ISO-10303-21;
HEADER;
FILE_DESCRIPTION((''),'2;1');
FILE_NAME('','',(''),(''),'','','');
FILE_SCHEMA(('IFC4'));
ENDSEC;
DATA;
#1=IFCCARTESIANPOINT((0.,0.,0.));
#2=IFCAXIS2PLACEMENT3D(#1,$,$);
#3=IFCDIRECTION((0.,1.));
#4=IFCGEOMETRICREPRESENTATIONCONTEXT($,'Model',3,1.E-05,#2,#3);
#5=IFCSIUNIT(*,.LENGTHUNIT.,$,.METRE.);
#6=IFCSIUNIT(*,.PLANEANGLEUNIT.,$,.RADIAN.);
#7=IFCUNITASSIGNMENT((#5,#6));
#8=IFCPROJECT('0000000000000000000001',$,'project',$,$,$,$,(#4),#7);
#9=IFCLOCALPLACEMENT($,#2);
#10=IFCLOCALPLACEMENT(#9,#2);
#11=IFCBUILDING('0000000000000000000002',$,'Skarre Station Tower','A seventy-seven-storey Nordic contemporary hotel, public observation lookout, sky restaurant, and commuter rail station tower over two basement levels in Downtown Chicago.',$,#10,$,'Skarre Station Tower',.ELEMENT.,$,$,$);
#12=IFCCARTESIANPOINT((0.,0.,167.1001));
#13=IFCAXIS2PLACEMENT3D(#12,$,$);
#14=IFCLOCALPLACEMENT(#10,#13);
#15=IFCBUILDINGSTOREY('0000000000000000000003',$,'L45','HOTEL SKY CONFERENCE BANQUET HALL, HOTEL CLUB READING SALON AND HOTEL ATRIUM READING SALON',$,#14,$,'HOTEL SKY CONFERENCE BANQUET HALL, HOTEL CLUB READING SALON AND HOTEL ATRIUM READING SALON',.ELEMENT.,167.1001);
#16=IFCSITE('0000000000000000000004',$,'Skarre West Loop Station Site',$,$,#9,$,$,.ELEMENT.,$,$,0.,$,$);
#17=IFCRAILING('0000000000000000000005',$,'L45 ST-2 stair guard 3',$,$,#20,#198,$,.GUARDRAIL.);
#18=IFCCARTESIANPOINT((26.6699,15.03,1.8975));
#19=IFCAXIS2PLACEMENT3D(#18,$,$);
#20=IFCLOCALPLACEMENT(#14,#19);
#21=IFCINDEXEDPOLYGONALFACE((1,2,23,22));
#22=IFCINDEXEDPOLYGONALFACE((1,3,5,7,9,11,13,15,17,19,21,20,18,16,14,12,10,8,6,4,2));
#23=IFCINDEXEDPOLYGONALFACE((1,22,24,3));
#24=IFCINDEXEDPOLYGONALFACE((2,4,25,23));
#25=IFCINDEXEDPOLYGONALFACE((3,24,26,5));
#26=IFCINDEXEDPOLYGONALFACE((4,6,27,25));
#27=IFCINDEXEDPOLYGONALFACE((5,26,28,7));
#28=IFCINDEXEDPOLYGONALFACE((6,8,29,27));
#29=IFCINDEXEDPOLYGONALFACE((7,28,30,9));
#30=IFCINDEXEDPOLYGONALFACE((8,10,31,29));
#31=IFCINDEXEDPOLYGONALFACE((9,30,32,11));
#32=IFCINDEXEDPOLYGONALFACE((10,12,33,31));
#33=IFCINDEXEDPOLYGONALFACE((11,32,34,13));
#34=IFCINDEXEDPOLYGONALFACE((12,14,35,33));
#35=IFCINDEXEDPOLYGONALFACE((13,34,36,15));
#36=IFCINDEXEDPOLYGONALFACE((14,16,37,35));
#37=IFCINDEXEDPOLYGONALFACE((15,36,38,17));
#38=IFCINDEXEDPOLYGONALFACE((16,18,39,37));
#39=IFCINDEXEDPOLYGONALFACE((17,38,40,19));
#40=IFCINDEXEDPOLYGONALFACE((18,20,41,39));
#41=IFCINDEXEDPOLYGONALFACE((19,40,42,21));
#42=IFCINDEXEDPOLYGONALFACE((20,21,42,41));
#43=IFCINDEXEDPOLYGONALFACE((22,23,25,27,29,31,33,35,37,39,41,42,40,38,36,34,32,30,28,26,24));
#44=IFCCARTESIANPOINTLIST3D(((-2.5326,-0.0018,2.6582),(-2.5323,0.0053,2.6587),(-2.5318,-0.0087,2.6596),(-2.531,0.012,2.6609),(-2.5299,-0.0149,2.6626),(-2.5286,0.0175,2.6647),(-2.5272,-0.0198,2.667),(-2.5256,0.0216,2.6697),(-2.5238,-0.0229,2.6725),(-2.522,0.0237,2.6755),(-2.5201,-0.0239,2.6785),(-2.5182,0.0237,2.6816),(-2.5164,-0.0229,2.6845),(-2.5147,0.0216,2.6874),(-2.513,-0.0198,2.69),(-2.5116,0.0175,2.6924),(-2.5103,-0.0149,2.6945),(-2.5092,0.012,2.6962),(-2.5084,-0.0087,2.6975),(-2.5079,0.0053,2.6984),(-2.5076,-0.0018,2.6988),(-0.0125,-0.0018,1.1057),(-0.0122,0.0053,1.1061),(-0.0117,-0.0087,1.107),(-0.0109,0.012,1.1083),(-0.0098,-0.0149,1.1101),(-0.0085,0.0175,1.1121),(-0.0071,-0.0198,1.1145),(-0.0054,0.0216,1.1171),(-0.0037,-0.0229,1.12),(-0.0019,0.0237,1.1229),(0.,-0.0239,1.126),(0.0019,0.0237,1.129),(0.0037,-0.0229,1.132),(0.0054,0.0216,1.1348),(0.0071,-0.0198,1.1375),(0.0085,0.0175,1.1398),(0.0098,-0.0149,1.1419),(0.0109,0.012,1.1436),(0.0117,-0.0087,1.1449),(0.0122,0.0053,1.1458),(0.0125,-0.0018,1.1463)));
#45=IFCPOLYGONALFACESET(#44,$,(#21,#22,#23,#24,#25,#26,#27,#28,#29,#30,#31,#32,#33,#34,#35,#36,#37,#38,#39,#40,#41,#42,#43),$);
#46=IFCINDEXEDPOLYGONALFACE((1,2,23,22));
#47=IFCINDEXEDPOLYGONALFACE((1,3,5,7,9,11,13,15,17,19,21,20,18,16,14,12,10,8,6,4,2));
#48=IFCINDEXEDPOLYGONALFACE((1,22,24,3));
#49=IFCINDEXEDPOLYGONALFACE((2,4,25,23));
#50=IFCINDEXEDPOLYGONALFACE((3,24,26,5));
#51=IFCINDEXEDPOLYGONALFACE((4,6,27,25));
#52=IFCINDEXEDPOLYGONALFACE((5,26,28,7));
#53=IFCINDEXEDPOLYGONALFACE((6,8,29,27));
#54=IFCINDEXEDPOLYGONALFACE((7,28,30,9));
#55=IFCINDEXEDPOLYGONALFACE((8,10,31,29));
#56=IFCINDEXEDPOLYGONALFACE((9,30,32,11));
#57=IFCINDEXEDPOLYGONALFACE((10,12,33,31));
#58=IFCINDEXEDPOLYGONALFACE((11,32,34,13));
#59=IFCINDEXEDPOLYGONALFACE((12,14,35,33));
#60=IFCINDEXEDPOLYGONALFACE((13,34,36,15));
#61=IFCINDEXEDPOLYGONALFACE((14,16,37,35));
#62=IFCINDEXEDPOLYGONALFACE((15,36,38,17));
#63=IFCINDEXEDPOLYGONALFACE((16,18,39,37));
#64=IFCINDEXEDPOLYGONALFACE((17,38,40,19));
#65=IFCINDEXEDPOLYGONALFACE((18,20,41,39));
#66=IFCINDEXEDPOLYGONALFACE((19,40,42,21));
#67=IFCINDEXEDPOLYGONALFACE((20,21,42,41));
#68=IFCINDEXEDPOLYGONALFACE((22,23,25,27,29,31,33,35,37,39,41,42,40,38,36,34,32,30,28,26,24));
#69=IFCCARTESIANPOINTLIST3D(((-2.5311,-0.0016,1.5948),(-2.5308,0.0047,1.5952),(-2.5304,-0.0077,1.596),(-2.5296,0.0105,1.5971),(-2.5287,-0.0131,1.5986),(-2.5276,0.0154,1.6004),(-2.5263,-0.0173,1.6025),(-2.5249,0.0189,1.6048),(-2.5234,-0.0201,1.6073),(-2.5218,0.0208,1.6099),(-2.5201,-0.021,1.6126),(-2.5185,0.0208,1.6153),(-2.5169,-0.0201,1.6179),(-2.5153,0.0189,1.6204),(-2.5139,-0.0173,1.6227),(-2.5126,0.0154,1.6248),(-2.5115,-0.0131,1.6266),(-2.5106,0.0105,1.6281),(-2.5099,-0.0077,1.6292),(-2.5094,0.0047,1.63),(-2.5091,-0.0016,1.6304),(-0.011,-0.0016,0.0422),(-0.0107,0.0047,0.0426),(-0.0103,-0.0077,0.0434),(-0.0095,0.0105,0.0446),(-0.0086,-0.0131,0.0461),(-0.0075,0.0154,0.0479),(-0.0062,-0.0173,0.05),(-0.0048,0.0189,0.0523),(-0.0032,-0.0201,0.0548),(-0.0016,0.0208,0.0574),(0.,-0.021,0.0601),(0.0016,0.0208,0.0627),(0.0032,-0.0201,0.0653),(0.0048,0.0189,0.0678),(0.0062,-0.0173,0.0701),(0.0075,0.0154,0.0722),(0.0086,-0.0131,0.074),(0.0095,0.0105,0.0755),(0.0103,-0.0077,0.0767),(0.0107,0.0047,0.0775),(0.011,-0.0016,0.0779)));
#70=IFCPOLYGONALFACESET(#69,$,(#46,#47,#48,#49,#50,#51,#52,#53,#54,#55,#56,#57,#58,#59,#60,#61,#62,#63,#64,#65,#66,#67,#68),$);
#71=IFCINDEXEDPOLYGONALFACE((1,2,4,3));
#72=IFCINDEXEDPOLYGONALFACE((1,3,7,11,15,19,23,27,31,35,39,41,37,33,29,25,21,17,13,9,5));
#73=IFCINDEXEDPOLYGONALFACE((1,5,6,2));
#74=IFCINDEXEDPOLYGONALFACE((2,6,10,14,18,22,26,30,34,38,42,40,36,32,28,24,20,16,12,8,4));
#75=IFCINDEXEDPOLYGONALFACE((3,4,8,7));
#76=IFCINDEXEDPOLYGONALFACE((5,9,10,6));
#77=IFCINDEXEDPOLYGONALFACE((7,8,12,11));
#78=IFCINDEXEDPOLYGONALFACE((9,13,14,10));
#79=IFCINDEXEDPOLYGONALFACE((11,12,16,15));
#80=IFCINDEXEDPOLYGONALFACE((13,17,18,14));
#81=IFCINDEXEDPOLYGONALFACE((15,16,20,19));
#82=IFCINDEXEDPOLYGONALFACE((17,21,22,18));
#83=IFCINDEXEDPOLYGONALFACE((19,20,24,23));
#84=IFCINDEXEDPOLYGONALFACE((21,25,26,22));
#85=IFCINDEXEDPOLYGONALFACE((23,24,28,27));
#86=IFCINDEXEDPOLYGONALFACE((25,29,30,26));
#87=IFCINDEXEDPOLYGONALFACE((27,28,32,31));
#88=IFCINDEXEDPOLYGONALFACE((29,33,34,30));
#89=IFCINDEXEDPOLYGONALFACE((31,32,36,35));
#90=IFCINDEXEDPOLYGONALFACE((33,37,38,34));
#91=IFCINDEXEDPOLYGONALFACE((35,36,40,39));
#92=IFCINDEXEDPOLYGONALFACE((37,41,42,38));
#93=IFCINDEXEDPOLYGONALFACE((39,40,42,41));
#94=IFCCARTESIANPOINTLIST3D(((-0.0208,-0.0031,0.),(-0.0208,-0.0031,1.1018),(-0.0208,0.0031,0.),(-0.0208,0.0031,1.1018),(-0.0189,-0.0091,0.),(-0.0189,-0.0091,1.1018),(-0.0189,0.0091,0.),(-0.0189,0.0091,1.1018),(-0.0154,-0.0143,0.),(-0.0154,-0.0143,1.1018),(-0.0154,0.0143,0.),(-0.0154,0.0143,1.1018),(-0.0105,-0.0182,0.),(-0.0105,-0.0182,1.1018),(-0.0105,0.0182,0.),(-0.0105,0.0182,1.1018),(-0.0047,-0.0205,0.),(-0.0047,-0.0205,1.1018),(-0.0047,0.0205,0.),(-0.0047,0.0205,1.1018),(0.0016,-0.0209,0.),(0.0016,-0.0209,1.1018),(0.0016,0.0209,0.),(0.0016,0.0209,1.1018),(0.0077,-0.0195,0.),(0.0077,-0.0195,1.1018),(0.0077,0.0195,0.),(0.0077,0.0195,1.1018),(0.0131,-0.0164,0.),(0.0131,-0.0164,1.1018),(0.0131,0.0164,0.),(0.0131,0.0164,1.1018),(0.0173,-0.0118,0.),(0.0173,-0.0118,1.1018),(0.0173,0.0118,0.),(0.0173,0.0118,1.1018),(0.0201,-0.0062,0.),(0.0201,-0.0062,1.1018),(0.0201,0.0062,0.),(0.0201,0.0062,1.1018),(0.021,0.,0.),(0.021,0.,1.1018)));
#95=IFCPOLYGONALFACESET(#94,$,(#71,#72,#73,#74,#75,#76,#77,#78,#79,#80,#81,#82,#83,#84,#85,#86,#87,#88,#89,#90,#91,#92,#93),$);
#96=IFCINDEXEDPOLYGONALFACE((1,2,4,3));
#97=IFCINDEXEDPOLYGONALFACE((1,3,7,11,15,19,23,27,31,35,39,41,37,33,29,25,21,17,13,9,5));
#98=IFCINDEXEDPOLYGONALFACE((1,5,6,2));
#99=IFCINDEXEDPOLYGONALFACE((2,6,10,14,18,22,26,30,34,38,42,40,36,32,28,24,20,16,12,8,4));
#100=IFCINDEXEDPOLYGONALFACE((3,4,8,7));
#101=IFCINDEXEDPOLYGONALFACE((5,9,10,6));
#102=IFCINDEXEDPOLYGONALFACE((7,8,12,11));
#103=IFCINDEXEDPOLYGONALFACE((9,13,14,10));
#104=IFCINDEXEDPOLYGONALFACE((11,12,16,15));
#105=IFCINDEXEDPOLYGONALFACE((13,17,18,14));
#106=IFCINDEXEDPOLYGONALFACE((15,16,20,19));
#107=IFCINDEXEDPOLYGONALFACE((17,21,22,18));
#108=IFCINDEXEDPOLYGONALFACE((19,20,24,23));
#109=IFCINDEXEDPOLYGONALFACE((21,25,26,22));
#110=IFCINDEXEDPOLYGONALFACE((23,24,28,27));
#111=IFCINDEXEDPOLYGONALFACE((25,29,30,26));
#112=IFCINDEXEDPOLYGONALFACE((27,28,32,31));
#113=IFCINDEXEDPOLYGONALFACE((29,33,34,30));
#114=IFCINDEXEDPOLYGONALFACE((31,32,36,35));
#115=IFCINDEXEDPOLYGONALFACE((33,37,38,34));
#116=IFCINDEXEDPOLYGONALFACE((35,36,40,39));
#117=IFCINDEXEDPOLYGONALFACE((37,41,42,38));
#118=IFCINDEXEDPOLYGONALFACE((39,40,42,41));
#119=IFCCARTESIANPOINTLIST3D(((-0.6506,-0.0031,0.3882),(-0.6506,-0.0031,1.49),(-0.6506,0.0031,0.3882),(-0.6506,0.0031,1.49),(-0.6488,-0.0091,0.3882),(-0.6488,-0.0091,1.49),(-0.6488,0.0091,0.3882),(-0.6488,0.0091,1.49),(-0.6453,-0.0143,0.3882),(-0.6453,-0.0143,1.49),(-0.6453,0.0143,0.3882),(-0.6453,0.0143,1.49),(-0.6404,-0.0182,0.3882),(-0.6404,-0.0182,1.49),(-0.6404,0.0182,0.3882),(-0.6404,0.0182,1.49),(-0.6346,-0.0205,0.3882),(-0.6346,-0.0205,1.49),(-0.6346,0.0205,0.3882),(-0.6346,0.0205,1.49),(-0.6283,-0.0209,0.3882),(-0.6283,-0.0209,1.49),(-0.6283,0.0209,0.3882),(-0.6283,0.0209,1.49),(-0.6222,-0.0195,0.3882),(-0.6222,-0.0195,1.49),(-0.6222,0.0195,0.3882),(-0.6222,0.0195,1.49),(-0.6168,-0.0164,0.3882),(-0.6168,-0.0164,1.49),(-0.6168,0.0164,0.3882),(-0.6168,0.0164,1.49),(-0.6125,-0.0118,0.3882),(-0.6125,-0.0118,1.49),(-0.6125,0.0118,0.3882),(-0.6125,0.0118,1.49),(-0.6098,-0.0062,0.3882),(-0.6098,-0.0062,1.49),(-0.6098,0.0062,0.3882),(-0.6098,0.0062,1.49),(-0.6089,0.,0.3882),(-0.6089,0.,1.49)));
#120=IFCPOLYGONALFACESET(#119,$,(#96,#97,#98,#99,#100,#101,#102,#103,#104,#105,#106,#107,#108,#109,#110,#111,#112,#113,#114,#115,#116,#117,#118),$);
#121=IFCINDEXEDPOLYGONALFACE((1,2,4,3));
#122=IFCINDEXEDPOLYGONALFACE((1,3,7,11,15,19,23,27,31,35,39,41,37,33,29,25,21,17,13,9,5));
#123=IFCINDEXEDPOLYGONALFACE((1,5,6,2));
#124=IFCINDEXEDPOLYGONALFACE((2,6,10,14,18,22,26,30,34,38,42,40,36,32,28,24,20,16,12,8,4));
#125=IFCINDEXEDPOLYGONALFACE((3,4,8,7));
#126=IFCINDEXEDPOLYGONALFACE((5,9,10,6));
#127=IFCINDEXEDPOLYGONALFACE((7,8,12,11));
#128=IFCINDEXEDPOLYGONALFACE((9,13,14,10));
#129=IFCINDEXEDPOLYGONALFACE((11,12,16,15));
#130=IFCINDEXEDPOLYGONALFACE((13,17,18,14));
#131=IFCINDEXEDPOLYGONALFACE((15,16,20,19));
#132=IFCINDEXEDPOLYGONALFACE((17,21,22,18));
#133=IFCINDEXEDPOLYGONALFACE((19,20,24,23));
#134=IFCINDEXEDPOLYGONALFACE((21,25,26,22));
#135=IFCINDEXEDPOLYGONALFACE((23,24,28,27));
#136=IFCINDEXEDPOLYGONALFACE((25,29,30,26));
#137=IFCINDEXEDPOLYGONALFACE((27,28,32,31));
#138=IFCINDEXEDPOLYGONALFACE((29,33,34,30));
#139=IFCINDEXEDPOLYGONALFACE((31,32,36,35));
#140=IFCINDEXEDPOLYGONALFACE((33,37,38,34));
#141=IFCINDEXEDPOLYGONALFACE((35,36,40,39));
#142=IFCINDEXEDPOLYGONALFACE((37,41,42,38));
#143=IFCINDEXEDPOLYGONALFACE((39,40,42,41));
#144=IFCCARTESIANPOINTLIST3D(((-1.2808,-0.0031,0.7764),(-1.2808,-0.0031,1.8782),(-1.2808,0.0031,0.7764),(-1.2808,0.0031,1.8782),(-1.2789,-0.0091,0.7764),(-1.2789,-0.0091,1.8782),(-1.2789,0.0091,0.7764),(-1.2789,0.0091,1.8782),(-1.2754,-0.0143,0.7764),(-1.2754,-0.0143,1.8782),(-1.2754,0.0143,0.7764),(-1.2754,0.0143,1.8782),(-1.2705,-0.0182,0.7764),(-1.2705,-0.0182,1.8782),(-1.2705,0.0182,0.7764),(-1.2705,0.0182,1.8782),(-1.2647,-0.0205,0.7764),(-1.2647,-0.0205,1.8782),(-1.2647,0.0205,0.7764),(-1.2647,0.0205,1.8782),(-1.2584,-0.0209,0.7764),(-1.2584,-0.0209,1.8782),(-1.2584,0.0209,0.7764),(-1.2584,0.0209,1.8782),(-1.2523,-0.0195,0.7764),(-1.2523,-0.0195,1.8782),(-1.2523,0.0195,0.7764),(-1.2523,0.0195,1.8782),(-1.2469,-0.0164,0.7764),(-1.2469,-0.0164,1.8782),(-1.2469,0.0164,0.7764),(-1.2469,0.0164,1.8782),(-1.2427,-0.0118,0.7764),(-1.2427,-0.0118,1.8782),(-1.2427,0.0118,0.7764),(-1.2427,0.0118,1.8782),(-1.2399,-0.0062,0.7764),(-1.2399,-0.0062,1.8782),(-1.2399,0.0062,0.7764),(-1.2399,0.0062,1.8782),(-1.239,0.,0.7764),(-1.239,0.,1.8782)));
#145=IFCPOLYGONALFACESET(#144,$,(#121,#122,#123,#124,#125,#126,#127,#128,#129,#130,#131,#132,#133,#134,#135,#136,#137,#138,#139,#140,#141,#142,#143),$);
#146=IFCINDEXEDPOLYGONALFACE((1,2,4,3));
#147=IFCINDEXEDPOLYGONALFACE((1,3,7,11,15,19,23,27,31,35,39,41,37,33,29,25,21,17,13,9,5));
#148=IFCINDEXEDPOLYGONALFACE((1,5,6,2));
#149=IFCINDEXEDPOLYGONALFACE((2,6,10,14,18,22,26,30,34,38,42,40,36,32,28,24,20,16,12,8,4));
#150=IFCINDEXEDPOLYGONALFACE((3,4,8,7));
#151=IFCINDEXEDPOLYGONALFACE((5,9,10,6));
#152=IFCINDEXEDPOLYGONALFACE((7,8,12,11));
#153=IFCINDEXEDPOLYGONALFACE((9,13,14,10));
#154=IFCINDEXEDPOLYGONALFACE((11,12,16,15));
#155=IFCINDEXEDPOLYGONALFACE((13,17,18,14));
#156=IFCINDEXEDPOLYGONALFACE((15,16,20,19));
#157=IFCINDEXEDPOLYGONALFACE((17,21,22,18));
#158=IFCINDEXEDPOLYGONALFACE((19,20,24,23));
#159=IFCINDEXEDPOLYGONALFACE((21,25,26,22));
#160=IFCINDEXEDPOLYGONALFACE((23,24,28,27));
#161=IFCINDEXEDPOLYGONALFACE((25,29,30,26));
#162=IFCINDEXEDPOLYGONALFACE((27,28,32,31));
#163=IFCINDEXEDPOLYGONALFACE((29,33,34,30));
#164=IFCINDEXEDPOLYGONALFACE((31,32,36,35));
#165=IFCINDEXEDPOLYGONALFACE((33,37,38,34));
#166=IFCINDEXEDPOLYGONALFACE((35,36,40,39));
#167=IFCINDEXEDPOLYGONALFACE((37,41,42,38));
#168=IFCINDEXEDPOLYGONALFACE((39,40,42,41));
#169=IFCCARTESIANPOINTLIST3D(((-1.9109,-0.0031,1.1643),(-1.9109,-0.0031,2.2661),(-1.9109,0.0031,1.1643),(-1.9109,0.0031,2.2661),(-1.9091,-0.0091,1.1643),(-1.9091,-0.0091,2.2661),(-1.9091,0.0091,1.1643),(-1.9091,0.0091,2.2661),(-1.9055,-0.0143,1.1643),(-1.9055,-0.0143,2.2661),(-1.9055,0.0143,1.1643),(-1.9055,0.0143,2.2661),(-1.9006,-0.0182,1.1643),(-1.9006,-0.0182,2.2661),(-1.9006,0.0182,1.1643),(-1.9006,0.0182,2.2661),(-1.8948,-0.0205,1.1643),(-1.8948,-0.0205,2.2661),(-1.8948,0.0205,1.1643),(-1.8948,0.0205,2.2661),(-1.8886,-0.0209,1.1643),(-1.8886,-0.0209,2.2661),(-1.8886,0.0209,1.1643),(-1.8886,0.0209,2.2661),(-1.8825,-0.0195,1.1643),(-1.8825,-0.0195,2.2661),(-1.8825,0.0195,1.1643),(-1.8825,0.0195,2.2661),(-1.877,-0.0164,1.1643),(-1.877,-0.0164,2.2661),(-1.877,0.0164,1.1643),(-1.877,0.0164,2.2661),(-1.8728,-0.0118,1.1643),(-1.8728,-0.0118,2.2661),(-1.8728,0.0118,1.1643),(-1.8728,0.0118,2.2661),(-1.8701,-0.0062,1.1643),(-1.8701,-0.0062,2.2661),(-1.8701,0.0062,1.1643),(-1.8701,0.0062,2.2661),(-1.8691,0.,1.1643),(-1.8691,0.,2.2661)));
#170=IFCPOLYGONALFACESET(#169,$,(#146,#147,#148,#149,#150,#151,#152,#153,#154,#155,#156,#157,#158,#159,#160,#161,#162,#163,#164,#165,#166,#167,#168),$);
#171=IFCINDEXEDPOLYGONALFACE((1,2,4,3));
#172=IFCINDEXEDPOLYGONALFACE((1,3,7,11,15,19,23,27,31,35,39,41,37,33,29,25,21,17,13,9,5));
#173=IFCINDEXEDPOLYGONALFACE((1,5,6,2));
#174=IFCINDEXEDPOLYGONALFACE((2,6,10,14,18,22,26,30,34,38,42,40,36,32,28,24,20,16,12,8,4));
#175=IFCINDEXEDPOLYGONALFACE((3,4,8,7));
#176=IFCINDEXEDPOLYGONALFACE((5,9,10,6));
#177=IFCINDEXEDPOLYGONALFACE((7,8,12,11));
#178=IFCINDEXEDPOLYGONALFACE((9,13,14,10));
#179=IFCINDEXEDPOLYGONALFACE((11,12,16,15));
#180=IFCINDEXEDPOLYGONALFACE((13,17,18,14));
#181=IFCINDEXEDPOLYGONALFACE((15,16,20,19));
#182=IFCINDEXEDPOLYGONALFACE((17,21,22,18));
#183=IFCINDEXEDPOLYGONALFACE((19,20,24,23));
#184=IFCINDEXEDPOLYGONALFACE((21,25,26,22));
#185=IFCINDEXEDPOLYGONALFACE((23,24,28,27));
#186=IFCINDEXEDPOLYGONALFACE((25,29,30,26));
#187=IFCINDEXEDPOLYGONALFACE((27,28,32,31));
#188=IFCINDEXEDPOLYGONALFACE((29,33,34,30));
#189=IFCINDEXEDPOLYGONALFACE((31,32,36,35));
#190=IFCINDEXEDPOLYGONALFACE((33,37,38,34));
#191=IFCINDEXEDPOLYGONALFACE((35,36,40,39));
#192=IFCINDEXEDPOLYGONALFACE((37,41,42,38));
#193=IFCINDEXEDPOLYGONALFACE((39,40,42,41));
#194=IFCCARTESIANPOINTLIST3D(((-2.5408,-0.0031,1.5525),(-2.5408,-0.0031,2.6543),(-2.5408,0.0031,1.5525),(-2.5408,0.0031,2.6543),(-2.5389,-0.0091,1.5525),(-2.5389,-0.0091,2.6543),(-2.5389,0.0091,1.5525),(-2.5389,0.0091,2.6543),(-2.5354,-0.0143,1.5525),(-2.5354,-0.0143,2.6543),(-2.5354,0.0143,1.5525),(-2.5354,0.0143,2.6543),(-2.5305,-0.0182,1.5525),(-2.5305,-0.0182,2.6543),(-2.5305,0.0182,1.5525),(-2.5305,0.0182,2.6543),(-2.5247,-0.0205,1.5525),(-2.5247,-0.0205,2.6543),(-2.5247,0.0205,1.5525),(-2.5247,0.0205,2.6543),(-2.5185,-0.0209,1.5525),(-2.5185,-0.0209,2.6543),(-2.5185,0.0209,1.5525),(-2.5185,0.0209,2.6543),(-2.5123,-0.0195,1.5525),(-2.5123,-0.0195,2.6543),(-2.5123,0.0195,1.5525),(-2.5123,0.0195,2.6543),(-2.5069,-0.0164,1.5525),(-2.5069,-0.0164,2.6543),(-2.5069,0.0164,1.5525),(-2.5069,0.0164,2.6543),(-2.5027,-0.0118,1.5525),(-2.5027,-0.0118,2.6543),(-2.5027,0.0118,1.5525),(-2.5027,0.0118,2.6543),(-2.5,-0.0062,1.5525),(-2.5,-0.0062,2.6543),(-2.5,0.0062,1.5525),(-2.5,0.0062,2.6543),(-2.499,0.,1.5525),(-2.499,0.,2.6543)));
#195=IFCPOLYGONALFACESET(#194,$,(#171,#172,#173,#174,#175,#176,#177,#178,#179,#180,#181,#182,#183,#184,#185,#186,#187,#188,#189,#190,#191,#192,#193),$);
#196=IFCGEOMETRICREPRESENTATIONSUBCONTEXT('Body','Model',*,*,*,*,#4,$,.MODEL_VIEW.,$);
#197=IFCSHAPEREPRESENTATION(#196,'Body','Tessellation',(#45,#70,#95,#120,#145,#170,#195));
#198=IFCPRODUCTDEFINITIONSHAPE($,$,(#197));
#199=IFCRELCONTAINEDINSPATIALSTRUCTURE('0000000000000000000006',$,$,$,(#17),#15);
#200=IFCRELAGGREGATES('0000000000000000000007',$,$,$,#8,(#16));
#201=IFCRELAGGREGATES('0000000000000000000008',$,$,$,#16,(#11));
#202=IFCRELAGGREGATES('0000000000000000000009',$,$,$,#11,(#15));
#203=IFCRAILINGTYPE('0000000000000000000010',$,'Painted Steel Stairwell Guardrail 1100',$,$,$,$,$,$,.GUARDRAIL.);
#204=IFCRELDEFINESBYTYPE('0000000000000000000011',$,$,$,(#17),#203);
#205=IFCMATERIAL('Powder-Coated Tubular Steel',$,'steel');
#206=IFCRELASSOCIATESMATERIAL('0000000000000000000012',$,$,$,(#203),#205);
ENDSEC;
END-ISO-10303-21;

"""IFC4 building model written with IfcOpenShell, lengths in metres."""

from ifc_helpers import new_model, si_unit, direction, frame, origin, origin_2d, place, context, subcontext, project, spatial, circle, extrude, material, type_object, element, save


model = new_model("IFC4")

# Units and contexts
model_context = context("Model", 3, precision=1e-05, world=origin(), true_north=direction((0.0, 1.0)))
body_context = subcontext(model_context, "Body", "Model", "MODEL_VIEW")
ifc_project = project(units=[si_unit("LENGTHUNIT", "METRE"), si_unit("PLANEANGLEUNIT", "RADIAN")], contexts=[model_context])

# Site, building, storey
site_placement = place(None, origin())
site = spatial("IfcSite", under=ifc_project, at=site_placement, Name="Skarre West Loop Station Site", CompositionType="ELEMENT", RefElevation=0.0)
building_placement = place(site_placement, origin())
building = spatial("IfcBuilding", under=site, at=building_placement, Name="Skarre Station Tower", Description="A seventy-seven-storey Nordic contemporary hotel, public observation lookout, sky restaurant, and commuter rail station tower over two basement levels in Downtown Chicago.", LongName="Skarre Station Tower", CompositionType="ELEMENT")
storey_placement = place(building_placement, frame((0.0, 0.0, 167.1001)))
storey = spatial("IfcBuildingStorey", under=building, at=storey_placement, Name="L45", Description="HOTEL SKY CONFERENCE BANQUET HALL, HOTEL CLUB READING SALON AND HOTEL ATRIUM READING SALON", LongName="HOTEL SKY CONFERENCE BANQUET HALL, HOTEL CLUB READING SALON AND HOTEL ATRIUM READING SALON", CompositionType="ELEMENT", Elevation=167.1001)

# Railing
ifc_material_1 = material(Name="Powder-Coated Tubular Steel", Category="steel")
railing_type_1 = type_object("IfcRailingType", Name="Painted Steel Stairwell Guardrail 1100", PredefinedType="GUARDRAIL", material=ifc_material_1)
railing_1_placement = place(storey_placement, frame((26.6699, 15.03, 1.8975)))
element("IfcRailing", 1, at=railing_1_placement, inside=storey, type_object=railing_type_1, Name="L45 ST-2 stair guard 3", PredefinedType="GUARDRAIL", context=body_context, shape_type="SweptSolid", body=[
    extrude(circle(Radius=0.0239, at=origin_2d()), frame((0.0, 0.0, 1.126), z_axis=(-0.8514, 0.0, 0.524516), x_axis=(0.0, -1.0, 0.0)), (0.0, 0.0, 1.0), 2.96),
    extrude(circle(Radius=0.021, at=origin_2d()), frame((0.0, 0.0, 0.0601), z_axis=(-0.8514, 0.0, 0.524516), x_axis=(0.0, -1.0, 0.0)), (0.0, 0.0, 1.0), 2.96),
    extrude(circle(Radius=0.021, at=origin_2d()), origin(), (0.0, 0.0, 1.0), 1.1018),
    extrude(circle(Radius=0.021, at=origin_2d()), frame((-0.6299, 0.0, 0.3882)), (0.0, 0.0, 1.0), 1.1018),
    extrude(circle(Radius=0.021, at=origin_2d()), frame((-1.26, 0.0, 0.7764)), (0.0, 0.0, 1.0), 1.1018),
    extrude(circle(Radius=0.021, at=origin_2d()), frame((-1.8901, 0.0, 1.1643)), (0.0, 0.0, 1.0), 1.1018),
    extrude(circle(Radius=0.021, at=origin_2d()), frame((-2.52, 0.0, 1.5525)), (0.0, 0.0, 1.0), 1.1018),
])

save(model, "model.ifc")
